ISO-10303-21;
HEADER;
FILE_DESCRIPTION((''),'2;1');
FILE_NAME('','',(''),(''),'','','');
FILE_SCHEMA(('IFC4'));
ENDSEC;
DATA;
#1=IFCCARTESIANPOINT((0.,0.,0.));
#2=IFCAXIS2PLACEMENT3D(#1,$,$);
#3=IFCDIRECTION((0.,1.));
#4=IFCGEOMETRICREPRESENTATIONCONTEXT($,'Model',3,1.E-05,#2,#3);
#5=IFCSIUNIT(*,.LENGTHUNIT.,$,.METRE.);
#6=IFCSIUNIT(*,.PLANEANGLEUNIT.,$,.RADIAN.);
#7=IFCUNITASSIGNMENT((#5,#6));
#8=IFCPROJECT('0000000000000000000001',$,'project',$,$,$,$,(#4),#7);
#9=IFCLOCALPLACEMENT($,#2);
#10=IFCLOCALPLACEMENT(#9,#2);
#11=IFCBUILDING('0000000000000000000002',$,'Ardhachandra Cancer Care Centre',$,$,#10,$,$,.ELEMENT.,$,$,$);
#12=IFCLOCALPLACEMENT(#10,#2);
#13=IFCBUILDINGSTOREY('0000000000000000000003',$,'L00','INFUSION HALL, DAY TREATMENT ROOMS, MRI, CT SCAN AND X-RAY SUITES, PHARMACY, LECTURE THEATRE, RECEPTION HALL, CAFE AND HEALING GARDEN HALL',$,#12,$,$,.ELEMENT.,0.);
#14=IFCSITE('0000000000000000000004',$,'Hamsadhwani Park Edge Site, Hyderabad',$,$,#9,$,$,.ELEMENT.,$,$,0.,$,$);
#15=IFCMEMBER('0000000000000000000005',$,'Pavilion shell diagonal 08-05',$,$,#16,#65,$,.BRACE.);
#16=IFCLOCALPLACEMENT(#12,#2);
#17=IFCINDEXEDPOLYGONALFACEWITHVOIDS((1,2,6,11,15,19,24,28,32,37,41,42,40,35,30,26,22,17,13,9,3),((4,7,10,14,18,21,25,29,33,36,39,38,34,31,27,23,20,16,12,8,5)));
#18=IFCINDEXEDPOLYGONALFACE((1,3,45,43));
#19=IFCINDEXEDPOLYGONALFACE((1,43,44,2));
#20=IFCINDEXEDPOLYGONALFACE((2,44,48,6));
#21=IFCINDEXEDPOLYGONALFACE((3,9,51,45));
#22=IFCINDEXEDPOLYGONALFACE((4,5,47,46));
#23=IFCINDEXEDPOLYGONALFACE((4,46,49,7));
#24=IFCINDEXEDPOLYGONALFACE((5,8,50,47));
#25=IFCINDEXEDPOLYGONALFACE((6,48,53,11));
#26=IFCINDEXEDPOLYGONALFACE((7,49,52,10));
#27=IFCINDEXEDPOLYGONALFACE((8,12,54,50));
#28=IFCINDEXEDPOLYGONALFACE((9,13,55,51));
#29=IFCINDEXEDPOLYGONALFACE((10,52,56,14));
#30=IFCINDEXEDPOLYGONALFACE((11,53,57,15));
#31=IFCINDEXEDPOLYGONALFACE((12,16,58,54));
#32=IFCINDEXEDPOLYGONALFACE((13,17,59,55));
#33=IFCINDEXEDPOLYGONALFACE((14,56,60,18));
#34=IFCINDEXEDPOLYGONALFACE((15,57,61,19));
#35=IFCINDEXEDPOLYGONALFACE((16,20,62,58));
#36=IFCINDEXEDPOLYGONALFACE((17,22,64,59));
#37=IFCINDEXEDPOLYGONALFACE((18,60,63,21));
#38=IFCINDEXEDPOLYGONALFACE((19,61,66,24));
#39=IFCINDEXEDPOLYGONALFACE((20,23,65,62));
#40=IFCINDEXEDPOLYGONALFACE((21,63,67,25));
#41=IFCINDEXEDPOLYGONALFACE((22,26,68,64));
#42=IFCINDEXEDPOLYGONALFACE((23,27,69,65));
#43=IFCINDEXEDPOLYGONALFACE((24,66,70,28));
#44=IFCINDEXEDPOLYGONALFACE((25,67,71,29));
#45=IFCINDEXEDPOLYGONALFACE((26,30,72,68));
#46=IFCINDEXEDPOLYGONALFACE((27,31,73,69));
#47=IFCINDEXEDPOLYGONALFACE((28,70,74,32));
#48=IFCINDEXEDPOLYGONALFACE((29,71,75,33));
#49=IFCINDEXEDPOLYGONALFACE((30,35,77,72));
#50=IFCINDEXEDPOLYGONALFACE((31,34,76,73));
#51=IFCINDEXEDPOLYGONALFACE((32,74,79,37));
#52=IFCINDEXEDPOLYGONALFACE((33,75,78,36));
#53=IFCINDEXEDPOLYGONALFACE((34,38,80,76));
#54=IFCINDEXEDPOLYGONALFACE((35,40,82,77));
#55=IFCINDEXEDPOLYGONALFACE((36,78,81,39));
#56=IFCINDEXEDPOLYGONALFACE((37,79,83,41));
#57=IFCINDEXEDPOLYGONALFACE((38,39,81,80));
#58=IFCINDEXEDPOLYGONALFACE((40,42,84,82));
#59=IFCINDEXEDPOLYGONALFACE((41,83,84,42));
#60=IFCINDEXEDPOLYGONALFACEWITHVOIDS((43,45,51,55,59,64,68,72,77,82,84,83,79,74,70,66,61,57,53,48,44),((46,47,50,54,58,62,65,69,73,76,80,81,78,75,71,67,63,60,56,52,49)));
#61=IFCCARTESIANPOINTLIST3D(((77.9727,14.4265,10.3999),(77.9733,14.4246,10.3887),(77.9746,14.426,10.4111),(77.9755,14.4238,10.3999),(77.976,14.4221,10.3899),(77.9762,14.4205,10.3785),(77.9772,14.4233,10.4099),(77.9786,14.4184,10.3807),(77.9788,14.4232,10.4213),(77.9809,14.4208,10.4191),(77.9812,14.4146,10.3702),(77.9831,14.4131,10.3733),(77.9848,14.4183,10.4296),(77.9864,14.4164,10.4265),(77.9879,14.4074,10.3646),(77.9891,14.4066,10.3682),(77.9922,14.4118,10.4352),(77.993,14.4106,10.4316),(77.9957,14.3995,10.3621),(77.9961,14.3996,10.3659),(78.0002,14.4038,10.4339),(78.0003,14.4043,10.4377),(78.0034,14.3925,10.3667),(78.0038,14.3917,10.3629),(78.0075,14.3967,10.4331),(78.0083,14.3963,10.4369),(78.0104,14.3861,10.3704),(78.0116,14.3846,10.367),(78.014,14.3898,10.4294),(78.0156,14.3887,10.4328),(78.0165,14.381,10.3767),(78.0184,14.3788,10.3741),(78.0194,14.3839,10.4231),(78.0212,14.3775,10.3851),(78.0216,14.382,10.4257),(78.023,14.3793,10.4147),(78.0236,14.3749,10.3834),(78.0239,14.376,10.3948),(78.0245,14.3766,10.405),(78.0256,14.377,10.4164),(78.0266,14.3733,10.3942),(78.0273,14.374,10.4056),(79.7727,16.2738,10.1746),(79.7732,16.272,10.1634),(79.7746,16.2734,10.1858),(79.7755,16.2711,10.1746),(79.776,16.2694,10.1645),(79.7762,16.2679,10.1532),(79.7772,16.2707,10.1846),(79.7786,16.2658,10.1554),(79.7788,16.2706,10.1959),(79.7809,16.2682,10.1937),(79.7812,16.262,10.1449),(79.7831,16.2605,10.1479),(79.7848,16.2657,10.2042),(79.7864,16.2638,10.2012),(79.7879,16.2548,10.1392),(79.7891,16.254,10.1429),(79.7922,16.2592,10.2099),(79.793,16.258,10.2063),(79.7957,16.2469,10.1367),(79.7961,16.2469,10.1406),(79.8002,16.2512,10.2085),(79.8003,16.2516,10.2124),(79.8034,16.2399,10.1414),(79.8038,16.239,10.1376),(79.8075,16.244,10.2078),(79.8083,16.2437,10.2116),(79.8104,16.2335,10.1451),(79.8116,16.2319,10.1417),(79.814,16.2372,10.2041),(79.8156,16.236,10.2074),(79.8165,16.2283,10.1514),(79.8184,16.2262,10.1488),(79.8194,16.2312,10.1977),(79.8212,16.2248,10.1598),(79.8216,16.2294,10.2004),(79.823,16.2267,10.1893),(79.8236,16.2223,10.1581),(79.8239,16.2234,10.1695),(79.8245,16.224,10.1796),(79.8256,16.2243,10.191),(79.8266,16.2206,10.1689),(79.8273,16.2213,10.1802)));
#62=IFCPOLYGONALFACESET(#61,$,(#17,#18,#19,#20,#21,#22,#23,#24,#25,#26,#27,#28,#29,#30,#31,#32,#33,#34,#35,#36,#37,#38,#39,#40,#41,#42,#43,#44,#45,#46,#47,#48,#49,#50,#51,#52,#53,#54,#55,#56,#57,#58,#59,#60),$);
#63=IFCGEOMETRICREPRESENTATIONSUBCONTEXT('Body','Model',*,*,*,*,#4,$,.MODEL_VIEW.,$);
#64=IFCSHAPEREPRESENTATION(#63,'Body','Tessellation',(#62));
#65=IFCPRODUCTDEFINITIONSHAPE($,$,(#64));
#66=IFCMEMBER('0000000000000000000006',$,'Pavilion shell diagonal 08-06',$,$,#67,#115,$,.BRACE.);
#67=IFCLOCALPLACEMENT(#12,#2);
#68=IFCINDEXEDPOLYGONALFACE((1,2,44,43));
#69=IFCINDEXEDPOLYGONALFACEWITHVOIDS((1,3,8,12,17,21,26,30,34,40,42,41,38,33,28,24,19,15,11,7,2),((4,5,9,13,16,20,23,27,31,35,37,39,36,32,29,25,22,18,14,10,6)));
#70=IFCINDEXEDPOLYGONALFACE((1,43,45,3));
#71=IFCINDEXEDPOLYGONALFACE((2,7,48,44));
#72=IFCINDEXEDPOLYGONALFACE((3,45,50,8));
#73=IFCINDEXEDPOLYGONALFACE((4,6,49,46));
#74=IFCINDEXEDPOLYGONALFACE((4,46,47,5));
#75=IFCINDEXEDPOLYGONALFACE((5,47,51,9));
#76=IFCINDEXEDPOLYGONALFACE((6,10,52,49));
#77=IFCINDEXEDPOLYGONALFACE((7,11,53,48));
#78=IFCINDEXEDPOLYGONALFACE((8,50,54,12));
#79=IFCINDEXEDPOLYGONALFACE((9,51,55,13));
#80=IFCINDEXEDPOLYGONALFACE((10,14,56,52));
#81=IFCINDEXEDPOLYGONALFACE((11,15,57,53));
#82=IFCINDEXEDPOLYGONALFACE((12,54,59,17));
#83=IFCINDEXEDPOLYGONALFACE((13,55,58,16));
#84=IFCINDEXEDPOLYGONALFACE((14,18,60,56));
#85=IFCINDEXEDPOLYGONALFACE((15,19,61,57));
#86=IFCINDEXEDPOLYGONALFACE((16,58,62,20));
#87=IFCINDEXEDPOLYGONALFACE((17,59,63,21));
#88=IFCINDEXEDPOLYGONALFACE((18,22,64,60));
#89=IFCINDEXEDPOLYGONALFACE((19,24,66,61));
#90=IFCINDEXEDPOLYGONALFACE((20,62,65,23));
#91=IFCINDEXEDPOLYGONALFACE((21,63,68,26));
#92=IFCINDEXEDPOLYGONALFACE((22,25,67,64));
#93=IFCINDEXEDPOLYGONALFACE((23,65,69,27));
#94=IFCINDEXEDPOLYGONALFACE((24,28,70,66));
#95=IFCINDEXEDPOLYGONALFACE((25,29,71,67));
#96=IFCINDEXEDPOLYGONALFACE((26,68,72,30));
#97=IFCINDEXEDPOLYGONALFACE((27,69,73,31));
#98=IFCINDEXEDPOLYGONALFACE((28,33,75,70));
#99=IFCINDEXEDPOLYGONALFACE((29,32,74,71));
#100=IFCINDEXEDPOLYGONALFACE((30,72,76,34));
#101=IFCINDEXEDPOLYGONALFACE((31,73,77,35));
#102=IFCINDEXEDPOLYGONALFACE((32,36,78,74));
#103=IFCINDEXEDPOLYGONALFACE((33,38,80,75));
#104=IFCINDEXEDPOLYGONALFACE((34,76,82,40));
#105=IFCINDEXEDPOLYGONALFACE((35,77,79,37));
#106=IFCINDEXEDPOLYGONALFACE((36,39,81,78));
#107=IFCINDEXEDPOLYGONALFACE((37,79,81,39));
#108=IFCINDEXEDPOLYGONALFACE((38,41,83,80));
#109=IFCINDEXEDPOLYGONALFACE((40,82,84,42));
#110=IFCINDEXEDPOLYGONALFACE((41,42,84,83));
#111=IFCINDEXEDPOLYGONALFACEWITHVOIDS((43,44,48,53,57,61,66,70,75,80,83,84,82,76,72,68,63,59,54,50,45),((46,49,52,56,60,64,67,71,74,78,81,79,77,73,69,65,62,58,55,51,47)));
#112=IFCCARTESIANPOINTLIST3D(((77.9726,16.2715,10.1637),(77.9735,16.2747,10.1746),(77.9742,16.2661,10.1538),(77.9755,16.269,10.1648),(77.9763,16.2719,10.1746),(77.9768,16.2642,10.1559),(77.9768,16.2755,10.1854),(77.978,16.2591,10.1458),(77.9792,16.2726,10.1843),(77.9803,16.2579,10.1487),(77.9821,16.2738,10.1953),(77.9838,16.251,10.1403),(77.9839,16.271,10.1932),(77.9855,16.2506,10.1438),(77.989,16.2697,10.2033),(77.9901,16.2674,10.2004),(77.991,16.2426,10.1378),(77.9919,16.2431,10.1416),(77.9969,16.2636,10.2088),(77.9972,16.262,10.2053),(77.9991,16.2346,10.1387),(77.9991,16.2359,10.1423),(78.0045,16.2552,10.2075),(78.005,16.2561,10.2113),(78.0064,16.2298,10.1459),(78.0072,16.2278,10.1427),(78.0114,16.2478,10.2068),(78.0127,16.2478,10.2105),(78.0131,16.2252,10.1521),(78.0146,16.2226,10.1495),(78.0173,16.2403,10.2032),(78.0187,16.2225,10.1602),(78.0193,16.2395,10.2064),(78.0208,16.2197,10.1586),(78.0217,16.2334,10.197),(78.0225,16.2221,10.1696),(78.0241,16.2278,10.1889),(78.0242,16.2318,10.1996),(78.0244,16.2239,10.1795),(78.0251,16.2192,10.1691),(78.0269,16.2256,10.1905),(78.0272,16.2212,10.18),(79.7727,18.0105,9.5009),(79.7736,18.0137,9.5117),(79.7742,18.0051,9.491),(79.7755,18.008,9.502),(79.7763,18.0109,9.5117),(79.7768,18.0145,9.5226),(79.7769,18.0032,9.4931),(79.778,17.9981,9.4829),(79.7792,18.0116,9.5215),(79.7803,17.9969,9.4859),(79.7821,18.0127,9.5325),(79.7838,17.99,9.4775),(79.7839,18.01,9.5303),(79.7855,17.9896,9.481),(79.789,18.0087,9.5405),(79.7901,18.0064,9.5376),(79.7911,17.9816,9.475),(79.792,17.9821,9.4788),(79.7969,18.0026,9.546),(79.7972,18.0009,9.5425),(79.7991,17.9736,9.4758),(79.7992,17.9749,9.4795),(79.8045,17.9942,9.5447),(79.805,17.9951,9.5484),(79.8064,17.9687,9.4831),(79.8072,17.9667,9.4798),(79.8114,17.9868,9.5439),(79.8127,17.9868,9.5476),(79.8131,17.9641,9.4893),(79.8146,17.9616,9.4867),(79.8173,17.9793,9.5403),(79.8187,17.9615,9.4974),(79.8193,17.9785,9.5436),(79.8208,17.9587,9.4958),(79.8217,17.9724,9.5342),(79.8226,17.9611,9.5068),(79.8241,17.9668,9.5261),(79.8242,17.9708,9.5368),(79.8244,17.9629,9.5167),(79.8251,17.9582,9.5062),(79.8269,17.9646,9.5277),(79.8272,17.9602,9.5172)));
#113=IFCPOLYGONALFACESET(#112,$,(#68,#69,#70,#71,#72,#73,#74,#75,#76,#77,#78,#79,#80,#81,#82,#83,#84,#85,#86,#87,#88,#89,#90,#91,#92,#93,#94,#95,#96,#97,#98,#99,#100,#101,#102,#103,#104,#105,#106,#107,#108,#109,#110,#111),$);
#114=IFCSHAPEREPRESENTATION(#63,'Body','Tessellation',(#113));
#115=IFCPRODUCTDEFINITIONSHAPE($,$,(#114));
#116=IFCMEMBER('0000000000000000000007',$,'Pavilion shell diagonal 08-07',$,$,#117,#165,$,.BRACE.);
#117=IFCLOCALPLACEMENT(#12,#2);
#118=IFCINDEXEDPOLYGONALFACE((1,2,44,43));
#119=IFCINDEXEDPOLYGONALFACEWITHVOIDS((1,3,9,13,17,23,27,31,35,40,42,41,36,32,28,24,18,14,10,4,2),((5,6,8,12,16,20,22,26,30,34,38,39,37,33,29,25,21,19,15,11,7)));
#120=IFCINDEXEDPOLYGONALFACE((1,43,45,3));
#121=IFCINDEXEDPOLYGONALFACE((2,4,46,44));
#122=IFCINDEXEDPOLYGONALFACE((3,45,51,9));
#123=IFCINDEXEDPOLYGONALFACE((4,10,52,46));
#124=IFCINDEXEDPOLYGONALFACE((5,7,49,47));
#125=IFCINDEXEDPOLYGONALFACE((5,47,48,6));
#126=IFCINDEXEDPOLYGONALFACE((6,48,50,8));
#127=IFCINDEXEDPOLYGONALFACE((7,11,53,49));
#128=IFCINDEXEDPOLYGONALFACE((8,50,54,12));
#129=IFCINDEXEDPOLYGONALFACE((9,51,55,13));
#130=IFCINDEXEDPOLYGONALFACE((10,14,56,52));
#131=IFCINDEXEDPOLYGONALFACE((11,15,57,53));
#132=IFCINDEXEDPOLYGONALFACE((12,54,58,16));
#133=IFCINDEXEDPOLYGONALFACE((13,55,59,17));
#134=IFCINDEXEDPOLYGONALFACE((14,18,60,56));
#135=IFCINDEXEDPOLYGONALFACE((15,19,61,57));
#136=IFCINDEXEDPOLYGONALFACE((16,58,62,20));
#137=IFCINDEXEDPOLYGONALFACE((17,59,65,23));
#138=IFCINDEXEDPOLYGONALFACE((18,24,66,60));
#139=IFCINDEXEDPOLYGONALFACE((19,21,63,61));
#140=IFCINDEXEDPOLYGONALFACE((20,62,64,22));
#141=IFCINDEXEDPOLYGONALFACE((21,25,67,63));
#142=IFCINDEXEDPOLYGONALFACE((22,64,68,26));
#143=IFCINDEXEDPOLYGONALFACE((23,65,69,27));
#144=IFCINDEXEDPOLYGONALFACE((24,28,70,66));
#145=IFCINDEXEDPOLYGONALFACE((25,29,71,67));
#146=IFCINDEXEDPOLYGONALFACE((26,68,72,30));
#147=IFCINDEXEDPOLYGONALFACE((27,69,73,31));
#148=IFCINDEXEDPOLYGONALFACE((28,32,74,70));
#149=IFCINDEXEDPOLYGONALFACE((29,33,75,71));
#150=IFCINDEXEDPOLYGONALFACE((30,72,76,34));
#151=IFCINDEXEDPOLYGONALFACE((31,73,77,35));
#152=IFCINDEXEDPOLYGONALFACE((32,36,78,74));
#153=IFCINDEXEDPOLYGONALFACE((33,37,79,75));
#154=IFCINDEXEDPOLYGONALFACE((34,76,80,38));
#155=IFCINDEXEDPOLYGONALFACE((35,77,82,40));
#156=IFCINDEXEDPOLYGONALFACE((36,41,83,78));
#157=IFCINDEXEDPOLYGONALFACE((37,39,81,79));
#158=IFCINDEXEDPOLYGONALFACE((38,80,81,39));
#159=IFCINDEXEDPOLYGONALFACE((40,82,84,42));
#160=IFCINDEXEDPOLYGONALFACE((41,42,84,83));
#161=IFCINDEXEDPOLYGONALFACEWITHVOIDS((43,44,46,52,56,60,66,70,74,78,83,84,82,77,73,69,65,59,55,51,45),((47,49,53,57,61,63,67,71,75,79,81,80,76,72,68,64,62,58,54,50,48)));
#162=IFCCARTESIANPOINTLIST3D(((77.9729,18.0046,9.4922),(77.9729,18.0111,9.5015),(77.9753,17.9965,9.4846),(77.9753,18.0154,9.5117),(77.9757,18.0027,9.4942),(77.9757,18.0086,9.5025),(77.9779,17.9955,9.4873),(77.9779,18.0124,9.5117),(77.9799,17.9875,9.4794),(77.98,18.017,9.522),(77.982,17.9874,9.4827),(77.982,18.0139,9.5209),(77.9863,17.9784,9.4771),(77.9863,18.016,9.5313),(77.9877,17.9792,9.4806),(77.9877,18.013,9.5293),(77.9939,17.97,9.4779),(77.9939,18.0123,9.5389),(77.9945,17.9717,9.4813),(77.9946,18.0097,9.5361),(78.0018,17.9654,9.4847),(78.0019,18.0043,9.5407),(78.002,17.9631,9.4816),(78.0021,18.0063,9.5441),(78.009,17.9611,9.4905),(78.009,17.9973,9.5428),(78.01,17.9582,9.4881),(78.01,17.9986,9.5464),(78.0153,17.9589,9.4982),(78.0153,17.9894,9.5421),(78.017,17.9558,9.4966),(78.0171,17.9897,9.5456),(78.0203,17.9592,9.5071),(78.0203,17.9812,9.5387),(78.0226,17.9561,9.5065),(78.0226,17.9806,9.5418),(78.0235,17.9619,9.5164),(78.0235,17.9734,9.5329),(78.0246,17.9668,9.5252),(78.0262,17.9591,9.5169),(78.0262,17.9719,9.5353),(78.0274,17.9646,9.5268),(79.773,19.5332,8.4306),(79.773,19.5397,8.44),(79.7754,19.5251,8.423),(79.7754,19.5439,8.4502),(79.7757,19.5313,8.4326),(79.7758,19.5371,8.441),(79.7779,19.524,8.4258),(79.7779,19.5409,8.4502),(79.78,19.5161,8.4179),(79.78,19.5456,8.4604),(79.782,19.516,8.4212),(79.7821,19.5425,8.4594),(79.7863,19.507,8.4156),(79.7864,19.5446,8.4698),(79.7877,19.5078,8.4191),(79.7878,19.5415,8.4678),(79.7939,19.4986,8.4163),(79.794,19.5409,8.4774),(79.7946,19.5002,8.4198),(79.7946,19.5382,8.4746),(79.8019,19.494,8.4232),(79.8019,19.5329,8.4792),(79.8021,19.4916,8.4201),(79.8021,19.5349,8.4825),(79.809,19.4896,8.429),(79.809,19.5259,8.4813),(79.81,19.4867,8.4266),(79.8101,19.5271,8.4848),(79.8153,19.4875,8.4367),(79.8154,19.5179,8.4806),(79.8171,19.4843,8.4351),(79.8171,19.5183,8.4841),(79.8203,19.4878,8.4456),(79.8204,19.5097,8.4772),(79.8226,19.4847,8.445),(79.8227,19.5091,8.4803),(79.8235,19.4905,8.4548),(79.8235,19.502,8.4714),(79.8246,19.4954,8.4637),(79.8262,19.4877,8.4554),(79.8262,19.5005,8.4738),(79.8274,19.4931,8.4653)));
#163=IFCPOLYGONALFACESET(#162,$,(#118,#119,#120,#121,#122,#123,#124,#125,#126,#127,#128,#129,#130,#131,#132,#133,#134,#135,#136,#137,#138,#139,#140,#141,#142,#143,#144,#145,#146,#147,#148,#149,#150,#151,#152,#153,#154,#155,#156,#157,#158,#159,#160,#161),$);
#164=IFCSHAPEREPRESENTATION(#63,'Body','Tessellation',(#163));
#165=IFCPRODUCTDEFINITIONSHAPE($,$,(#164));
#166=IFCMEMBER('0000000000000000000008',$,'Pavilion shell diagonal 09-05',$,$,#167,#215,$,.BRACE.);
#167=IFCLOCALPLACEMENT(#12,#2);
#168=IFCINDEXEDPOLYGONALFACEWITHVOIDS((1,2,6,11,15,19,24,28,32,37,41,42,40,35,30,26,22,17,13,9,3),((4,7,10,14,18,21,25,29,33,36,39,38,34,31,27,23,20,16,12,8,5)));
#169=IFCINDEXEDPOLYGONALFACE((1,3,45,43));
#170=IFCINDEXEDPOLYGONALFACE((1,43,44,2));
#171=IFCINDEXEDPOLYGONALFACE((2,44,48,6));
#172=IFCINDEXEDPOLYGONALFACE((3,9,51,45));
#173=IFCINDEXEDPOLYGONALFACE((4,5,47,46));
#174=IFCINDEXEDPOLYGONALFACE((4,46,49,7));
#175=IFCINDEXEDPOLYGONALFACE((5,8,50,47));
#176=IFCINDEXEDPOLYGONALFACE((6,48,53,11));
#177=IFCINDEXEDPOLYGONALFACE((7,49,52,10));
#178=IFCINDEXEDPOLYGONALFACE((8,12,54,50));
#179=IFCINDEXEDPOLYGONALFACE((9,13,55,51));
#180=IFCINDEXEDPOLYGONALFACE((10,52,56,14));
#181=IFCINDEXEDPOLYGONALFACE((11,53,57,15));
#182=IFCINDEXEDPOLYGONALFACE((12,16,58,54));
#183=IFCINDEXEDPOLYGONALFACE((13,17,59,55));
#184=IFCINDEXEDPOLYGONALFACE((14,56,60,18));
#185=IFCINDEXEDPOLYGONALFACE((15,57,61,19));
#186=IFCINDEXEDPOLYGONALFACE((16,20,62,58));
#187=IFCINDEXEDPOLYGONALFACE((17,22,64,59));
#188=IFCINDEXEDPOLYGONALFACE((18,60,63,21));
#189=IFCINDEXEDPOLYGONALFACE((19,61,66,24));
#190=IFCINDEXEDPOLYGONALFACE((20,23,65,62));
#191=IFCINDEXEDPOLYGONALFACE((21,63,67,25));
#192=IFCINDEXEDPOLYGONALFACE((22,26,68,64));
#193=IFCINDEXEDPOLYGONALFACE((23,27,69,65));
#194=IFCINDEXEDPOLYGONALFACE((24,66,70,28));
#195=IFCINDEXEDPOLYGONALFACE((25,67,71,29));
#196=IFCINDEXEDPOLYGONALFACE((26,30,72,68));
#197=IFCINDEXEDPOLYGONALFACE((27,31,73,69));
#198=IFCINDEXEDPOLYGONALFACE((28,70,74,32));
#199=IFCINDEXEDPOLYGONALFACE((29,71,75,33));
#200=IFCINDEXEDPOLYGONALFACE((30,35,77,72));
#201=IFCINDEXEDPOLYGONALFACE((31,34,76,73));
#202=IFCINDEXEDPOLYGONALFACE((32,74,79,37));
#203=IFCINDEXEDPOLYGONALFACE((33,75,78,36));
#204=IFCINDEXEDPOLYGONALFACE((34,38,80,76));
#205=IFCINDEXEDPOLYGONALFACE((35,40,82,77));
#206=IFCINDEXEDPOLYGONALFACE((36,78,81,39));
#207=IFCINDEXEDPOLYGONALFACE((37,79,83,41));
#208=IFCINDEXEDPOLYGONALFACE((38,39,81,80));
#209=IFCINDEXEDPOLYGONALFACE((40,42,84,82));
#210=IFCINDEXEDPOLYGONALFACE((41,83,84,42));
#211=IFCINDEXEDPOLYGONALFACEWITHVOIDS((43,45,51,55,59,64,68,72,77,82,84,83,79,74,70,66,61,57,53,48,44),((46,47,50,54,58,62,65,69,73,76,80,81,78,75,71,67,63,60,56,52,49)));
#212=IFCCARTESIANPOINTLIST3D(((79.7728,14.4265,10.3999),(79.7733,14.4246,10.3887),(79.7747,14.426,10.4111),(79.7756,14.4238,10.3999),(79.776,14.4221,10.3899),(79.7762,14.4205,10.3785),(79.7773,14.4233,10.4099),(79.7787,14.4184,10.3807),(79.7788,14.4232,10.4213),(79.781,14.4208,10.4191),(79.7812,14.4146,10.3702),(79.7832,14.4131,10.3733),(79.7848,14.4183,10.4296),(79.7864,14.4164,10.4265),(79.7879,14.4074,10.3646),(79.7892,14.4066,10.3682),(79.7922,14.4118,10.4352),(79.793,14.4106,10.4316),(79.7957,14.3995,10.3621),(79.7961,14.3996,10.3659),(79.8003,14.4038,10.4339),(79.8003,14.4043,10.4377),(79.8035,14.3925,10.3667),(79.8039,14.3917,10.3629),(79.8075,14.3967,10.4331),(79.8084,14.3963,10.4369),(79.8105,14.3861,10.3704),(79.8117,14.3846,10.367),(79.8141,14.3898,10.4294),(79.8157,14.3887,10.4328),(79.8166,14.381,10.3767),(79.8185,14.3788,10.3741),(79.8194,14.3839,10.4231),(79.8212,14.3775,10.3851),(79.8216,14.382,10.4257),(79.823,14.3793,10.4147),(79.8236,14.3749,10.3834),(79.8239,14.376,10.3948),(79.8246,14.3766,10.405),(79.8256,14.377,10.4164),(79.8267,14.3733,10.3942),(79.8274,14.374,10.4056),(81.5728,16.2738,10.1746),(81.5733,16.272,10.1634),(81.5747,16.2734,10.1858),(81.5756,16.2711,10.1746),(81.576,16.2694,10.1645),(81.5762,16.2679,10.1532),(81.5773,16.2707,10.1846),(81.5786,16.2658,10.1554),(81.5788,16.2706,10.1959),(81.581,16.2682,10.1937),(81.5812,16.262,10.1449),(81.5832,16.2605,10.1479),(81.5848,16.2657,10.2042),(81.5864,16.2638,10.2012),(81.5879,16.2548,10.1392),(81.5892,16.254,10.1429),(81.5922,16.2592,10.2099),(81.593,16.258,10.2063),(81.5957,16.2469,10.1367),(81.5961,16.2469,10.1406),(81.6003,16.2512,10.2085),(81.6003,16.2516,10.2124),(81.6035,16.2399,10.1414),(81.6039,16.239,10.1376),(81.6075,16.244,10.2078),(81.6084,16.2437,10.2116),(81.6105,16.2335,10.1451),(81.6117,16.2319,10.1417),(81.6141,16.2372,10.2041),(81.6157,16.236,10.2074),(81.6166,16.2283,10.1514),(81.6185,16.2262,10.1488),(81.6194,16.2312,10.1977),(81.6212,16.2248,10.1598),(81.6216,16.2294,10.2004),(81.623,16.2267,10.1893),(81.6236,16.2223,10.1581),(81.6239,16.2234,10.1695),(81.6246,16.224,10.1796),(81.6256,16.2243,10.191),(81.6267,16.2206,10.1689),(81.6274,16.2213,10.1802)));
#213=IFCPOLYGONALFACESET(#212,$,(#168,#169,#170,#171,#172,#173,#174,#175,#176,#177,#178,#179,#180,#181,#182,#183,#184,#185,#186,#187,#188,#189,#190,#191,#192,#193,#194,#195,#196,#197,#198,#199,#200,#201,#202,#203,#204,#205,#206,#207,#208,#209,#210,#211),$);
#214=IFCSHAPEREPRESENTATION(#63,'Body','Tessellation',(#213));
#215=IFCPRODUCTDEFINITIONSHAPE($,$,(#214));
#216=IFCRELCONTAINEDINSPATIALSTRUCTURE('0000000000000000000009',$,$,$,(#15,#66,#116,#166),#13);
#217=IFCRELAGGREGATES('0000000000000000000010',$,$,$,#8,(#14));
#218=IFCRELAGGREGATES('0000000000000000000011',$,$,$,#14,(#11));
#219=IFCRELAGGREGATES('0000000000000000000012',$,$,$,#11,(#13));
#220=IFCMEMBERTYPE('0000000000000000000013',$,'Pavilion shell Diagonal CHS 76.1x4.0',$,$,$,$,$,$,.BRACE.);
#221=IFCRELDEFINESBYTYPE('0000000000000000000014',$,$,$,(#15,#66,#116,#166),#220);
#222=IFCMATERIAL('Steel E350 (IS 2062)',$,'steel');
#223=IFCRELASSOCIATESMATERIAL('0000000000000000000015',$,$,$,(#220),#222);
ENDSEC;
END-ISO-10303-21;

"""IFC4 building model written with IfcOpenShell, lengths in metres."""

from ifc_helpers import new_model, si_unit, direction, frame, origin, origin_2d, place, context, subcontext, project, spatial, hollow_circle, extrude, material, material_profile, profile_set, type_object, element, save


model = new_model("IFC4")

# Units and contexts
model_context = context("Model", 3, precision=1e-05, world=origin(), true_north=direction((0.0, 1.0)))
body_context = subcontext(model_context, "Body", "Model", "MODEL_VIEW")
ifc_project = project(units=[si_unit("LENGTHUNIT", "METRE"), si_unit("PLANEANGLEUNIT", "RADIAN")], contexts=[model_context])

# Site, building, storey
site_placement = place(None, origin())
site = spatial("IfcSite", under=ifc_project, at=site_placement, Name="Hamsadhwani Park Edge Site, Hyderabad", CompositionType="ELEMENT", RefElevation=0.0)
building_placement = place(site_placement, origin())
building = spatial("IfcBuilding", under=site, at=building_placement, Name="Ardhachandra Cancer Care Centre", CompositionType="ELEMENT")
storey_placement = place(building_placement, origin())
storey = spatial("IfcBuildingStorey", under=building, at=storey_placement, Name="L00", Description="INFUSION HALL, DAY TREATMENT ROOMS, MRI, CT SCAN AND X-RAY SUITES, PHARMACY, LECTURE THEATRE, RECEPTION HALL, CAFE AND HEALING GARDEN HALL", CompositionType="ELEMENT", Elevation=0.0)

# Members
ifc_material_1 = material(Name="Steel E350 (IS 2062)", Category="steel")
ifc_material_profile_1 = material_profile(ifc_material_1, hollow_circle(Radius=0.0381, WallThickness=0.0039, at=origin_2d()), Name="CHS 76.1x4.0")
ifc_profile_set_1 = profile_set([ifc_material_profile_1], Name="Steel E350 (IS 2062)")
member_type_1 = type_object("IfcMemberType", Name="Pavilion shell Diagonal CHS 76.1x4.0", PredefinedType="BRACE", material=ifc_profile_set_1)
for number, where, z_axis, x_axis, name in (
    (1, (78.0, 14.3999, 10.3999), (0.695218, 0.713511, -0.087032), (-0.716228, 0.697866, 0.0), "Pavilion shell diagonal 08-05"),
    (2, (78.0, 16.2473, 10.1746), (0.695227, 0.671654, -0.256007), (-0.694809, 0.719195, 0.0), "Pavilion shell diagonal 08-06"),
    (3, (78.0, 17.9863, 9.5117), (0.695237, 0.590381, -0.409995), (-0.647285, 0.762248, 0.0), "Pavilion shell diagonal 08-07"),
    (4, (79.8, 14.3999, 10.3999), (0.695218, 0.713511, -0.087032), (-0.716228, 0.697866, 0.0), "Pavilion shell diagonal 09-05"),
):
    element("IfcMember", number, at=place(storey_placement, frame(where, z_axis=z_axis, x_axis=x_axis)), inside=storey, type_object=member_type_1, Name=name, PredefinedType="BRACE", context=body_context, shape_type="SweptSolid", body=[
        extrude(hollow_circle(Radius=0.0381, WallThickness=0.0039, at=origin_2d()), origin(), (0.0, 0.0, 1.0), 2.5891),
    ])

save(model, "model.ifc")
